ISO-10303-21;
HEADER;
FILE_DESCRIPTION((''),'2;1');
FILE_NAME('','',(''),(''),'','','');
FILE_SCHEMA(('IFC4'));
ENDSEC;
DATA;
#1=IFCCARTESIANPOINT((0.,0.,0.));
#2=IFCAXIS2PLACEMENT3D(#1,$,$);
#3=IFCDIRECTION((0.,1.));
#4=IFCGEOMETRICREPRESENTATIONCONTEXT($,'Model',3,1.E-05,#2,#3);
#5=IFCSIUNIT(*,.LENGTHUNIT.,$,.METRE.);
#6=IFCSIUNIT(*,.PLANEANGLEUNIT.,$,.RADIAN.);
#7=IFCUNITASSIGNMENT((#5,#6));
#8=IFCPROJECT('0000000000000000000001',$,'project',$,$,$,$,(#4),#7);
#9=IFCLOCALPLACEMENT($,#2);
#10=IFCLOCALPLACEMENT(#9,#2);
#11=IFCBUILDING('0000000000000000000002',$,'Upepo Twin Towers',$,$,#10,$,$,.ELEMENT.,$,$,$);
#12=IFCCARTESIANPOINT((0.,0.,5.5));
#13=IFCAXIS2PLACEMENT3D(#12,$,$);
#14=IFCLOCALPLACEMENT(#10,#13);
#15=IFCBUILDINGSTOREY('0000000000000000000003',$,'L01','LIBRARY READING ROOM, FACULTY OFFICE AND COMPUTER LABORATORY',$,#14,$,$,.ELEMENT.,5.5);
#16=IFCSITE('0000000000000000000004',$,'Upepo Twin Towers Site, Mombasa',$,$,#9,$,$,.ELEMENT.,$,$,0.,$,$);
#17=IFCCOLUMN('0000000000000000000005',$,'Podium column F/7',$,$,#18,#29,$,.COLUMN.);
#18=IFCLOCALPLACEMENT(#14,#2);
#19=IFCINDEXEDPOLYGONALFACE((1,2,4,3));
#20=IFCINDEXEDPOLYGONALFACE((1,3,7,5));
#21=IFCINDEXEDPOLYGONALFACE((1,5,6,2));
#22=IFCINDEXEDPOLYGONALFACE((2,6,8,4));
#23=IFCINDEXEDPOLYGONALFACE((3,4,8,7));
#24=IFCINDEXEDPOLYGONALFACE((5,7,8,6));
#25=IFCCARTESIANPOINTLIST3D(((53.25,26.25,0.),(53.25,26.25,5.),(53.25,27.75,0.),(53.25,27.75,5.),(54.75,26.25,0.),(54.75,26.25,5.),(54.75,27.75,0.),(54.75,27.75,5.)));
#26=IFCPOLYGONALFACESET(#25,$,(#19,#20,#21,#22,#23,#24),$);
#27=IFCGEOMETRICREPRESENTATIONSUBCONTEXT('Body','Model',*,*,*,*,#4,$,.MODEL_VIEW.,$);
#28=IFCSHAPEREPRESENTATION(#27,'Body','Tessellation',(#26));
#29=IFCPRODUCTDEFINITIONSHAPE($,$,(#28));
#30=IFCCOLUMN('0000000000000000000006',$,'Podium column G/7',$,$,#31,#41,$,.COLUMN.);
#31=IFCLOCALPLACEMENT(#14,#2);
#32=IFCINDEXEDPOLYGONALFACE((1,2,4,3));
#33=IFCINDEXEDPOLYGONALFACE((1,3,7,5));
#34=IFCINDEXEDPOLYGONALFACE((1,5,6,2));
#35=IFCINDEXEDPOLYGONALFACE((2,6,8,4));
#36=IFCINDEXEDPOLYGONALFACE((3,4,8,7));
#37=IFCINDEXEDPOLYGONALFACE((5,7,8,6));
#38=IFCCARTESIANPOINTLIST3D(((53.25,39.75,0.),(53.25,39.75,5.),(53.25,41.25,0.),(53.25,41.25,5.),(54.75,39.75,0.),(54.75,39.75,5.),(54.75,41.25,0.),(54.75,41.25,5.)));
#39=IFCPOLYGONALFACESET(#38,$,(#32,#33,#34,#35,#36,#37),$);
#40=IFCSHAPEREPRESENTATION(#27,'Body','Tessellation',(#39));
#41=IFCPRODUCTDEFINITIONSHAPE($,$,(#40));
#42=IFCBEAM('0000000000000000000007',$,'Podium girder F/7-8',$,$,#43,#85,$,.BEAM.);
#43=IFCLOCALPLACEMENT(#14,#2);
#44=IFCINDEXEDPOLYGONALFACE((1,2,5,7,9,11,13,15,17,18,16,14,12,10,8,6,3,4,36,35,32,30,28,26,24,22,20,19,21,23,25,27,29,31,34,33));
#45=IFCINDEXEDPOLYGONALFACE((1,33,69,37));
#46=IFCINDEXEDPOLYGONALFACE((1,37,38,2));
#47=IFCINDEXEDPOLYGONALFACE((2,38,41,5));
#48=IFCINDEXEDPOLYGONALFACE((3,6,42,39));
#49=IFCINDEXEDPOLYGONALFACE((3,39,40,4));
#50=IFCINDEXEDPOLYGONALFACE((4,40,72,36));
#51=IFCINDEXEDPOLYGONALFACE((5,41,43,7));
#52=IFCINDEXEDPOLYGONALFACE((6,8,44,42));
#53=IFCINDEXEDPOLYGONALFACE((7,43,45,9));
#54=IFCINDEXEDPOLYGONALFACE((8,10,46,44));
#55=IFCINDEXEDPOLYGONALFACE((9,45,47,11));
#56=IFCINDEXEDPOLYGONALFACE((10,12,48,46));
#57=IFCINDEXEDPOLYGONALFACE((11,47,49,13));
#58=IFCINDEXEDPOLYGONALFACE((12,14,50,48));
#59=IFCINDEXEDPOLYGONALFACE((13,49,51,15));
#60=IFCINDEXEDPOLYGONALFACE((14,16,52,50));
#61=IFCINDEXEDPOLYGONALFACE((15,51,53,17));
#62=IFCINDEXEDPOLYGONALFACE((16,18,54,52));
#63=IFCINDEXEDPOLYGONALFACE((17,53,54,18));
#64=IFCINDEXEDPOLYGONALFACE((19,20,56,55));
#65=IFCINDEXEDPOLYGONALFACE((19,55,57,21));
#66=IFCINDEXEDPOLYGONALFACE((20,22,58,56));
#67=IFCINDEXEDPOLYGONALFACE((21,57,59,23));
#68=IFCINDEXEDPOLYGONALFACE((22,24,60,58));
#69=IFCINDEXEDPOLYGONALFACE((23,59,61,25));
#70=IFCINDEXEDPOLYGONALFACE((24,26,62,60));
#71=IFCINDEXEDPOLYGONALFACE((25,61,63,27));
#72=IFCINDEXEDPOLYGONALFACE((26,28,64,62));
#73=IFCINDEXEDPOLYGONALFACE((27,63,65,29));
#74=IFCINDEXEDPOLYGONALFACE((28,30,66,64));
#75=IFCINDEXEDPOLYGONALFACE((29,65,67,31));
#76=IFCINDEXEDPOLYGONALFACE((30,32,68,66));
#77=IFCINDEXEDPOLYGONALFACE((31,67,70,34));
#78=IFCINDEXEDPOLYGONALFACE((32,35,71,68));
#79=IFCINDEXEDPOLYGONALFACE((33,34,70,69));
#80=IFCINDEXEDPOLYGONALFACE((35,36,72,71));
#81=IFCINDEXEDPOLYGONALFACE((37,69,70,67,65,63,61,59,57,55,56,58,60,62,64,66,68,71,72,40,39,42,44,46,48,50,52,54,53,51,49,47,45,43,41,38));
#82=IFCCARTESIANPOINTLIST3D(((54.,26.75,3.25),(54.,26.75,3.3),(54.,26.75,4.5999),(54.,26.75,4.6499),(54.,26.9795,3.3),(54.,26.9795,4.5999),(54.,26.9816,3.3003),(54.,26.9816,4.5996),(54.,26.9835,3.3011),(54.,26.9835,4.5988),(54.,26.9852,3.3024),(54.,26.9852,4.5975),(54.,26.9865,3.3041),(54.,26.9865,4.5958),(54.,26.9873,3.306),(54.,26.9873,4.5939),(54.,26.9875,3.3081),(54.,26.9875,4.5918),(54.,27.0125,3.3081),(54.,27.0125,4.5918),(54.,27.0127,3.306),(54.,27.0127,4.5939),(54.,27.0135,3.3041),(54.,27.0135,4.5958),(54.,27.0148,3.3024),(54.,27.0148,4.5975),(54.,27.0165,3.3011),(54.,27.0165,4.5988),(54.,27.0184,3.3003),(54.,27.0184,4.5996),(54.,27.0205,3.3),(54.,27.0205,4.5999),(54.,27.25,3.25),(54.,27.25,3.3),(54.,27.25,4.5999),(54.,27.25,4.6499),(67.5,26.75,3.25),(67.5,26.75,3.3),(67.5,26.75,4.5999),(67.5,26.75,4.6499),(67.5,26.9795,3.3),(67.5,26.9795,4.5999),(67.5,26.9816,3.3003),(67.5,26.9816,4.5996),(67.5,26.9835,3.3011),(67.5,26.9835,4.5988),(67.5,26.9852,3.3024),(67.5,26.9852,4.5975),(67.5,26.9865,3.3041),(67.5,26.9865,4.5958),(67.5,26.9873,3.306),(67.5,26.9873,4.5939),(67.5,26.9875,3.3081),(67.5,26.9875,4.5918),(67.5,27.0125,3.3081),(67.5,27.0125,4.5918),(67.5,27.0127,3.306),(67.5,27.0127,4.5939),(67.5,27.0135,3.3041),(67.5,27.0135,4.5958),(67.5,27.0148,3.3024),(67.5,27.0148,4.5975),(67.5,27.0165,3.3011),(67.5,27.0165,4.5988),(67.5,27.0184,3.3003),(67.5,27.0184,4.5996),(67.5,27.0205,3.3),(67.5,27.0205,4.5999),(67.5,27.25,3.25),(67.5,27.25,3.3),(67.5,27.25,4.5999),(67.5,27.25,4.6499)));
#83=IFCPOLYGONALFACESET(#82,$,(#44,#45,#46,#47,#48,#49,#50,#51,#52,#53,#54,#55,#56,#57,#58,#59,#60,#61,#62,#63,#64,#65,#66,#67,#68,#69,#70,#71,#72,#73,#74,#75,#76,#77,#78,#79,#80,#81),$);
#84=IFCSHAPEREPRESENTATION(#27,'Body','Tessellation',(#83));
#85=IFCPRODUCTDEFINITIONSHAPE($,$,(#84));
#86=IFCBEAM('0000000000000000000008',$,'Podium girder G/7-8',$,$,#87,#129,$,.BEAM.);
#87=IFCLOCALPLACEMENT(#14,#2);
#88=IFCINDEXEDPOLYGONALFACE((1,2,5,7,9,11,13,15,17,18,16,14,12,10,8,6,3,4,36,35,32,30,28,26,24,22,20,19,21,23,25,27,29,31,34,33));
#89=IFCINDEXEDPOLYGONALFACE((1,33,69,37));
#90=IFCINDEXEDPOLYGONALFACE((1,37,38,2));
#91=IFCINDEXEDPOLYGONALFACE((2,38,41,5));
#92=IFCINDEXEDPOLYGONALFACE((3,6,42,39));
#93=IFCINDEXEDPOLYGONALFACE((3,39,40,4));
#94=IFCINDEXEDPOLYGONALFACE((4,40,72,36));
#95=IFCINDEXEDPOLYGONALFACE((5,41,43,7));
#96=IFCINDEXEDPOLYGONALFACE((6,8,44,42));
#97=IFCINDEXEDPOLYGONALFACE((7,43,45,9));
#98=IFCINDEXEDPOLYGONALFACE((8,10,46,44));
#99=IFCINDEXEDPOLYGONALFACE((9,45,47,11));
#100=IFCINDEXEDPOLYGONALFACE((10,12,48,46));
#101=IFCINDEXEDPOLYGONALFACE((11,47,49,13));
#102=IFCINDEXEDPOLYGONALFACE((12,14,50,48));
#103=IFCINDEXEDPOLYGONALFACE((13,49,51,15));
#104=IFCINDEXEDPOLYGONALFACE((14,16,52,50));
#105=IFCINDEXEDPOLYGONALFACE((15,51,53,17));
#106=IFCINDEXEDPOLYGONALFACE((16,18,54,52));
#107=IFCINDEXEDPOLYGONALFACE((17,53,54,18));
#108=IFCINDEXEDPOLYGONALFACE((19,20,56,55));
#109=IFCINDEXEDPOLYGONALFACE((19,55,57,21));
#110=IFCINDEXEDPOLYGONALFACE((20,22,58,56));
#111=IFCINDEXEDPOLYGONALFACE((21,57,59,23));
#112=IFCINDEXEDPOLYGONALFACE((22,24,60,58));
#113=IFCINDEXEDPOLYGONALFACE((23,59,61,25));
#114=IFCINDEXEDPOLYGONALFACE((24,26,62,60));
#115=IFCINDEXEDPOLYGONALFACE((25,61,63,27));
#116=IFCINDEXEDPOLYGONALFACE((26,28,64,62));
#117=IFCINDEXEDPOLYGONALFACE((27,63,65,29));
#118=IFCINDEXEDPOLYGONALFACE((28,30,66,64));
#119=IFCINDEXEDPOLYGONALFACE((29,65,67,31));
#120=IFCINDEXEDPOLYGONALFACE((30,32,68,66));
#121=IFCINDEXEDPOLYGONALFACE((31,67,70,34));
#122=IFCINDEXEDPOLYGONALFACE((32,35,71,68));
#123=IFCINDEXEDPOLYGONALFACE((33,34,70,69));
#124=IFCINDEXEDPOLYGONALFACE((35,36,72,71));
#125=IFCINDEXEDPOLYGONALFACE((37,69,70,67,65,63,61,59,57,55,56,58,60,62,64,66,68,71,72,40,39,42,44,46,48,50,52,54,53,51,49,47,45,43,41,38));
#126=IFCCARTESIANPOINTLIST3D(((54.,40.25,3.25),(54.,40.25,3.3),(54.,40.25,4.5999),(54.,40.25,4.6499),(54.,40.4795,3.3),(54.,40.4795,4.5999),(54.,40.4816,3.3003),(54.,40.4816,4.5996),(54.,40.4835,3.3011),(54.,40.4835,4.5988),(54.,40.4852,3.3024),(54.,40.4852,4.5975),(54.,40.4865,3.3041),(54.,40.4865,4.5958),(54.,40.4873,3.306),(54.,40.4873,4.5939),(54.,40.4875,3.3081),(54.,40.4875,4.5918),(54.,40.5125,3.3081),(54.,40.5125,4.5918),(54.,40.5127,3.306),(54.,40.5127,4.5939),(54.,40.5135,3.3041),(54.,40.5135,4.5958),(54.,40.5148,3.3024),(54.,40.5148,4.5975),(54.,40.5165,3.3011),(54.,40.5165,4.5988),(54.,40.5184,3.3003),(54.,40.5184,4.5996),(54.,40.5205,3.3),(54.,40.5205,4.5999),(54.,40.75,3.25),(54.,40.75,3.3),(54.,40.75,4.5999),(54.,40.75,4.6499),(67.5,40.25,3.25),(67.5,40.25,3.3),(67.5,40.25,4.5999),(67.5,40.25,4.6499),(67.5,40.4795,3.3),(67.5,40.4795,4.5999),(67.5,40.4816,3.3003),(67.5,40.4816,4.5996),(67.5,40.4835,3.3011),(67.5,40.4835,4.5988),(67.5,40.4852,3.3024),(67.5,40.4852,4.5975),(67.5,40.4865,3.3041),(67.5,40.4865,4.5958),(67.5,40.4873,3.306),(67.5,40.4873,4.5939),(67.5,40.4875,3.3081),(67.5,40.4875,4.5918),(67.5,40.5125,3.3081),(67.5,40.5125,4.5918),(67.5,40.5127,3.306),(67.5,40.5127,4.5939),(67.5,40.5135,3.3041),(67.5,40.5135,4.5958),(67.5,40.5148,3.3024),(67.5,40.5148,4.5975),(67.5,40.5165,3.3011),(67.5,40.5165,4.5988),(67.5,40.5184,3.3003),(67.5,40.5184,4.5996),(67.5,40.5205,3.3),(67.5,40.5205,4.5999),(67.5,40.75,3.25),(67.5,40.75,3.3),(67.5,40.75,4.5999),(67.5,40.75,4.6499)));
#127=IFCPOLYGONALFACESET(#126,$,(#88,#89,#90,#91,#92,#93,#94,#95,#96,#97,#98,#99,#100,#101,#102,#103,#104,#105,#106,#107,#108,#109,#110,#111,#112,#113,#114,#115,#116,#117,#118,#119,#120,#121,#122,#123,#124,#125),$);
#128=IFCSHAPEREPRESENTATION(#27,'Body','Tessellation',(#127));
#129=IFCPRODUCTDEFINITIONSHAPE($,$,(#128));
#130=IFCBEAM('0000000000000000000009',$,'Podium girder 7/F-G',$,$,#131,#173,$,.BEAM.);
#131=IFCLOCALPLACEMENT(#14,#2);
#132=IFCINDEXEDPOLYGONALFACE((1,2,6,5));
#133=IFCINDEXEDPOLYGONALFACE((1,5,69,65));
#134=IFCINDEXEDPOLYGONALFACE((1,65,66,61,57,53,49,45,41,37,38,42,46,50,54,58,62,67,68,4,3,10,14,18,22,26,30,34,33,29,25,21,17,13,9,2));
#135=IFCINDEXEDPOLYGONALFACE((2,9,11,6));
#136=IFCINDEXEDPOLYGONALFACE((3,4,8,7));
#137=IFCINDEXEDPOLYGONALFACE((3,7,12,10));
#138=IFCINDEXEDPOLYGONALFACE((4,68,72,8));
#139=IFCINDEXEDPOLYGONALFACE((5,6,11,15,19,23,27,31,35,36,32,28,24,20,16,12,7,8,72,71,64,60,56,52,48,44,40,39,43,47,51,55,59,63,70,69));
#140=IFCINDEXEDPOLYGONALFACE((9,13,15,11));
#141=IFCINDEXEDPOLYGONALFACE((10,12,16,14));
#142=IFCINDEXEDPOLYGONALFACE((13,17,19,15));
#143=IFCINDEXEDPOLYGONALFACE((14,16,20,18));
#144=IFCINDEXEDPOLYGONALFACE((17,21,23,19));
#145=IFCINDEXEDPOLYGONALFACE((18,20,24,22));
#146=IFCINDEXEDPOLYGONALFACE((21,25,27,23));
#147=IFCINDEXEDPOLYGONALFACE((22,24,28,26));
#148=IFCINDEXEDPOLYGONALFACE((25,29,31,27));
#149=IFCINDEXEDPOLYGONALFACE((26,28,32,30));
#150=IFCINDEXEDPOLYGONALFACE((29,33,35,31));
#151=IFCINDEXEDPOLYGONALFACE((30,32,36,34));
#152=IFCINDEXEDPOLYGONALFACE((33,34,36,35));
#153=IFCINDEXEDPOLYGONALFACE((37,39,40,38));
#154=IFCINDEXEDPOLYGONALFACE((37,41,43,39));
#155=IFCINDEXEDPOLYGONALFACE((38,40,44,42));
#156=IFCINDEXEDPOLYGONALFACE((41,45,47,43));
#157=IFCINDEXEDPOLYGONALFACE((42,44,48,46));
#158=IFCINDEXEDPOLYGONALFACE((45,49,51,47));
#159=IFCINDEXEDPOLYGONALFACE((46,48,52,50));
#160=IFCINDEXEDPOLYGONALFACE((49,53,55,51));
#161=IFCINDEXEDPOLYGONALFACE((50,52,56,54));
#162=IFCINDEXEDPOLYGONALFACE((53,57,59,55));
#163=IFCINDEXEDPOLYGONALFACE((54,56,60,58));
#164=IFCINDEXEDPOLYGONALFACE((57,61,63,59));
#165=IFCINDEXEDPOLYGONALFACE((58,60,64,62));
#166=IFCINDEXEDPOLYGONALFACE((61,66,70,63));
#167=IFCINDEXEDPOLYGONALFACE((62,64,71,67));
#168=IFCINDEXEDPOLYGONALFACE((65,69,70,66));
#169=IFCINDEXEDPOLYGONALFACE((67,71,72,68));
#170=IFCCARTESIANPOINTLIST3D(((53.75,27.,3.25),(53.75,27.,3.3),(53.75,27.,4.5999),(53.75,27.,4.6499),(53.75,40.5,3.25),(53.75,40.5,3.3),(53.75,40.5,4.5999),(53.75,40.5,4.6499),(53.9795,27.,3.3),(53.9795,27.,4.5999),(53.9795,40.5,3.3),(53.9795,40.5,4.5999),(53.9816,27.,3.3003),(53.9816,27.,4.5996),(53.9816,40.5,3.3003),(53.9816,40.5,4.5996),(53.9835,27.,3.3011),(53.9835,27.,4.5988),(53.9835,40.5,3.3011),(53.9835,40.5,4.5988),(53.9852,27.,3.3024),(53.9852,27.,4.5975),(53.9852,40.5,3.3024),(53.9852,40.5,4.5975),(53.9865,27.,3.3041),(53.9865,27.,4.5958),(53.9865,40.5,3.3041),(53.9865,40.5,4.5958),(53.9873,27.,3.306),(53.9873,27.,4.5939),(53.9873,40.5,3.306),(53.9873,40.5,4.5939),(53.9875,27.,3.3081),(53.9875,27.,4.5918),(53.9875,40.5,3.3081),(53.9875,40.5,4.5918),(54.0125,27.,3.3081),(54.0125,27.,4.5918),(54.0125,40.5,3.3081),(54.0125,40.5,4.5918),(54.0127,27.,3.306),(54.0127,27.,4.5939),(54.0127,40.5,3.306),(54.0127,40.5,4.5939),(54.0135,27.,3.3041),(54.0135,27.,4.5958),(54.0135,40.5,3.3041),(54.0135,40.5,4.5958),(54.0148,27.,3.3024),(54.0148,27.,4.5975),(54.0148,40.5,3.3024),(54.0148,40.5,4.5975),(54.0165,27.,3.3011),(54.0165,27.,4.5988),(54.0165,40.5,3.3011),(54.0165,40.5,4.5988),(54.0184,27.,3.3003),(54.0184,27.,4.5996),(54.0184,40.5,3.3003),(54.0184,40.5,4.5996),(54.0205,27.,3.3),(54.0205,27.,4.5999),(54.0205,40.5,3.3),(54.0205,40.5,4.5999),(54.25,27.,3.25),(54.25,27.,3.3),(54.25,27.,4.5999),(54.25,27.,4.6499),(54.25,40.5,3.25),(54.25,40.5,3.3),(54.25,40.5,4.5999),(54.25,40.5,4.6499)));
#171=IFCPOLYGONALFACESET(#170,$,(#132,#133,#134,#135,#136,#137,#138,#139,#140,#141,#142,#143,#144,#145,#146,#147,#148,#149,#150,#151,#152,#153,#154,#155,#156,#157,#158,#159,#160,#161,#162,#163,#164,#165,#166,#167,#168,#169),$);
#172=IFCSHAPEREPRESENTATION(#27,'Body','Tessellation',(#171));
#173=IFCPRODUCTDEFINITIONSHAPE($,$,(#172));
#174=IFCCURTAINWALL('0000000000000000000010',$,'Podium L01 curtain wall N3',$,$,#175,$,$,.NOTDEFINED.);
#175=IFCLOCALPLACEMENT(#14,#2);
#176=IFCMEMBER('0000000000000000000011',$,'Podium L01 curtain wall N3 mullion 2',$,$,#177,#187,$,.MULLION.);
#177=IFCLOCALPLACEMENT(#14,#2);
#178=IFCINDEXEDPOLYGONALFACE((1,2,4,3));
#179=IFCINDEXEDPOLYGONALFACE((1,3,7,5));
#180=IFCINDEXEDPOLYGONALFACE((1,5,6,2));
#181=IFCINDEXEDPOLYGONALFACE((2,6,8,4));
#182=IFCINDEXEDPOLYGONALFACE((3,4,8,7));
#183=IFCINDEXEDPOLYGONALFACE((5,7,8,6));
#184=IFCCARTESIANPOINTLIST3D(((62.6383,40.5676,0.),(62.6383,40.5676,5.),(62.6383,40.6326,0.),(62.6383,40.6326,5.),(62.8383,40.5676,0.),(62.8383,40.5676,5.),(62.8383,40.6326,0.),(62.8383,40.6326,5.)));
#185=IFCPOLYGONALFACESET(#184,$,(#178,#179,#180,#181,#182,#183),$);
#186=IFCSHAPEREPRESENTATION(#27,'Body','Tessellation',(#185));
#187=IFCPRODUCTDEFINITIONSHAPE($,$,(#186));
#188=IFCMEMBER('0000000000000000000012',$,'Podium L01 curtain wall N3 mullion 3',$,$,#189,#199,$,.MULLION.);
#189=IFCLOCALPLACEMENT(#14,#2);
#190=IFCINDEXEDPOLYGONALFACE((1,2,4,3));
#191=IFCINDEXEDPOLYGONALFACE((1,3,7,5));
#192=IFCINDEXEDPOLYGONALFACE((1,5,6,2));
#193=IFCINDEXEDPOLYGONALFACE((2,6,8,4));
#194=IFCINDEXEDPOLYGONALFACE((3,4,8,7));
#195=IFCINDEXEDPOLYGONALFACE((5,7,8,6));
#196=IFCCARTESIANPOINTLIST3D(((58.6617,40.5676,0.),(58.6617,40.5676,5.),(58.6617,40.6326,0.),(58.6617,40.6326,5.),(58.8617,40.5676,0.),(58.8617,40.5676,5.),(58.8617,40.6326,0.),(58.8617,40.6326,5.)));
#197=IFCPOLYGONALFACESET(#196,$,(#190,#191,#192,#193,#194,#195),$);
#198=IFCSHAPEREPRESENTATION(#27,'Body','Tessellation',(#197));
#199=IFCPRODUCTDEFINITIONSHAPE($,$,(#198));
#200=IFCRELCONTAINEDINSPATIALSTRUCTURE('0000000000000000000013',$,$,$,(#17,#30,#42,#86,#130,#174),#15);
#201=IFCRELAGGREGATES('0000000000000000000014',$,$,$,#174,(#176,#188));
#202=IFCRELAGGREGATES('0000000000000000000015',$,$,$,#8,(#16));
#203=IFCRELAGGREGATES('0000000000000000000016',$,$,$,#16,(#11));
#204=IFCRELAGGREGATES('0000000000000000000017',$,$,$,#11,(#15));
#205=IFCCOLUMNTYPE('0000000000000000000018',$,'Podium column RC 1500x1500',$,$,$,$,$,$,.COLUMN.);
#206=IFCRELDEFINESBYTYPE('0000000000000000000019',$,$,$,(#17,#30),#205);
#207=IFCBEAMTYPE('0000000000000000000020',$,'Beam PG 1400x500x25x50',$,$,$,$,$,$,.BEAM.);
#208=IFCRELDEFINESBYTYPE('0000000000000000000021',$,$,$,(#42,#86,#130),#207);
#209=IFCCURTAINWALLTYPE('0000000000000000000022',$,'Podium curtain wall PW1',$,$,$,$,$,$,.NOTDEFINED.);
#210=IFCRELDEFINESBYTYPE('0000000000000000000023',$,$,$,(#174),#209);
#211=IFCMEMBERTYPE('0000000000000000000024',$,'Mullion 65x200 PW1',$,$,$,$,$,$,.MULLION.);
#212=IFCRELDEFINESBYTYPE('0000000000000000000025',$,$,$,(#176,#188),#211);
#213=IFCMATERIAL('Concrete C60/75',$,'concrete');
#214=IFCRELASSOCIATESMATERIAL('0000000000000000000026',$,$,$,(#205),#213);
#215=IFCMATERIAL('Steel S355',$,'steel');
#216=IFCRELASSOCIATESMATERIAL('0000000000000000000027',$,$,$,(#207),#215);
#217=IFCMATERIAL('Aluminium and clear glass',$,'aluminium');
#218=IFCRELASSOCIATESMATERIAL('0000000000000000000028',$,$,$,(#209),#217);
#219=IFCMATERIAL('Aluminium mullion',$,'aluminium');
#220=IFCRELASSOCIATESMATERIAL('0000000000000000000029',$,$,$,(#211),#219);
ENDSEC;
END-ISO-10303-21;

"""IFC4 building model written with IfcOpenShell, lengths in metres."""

from ifc_helpers import new_model, si_unit, direction, frame, origin, origin_2d, place, context, subcontext, project, spatial, rectangle, i_section, extrude, material, material_profile, profile_set, type_object, element, aggregate, save


model = new_model("IFC4")

# Units and contexts
model_context = context("Model", 3, precision=1e-05, world=origin(), true_north=direction((0.0, 1.0)))
body_context = subcontext(model_context, "Body", "Model", "MODEL_VIEW")
ifc_project = project(units=[si_unit("LENGTHUNIT", "METRE"), si_unit("PLANEANGLEUNIT", "RADIAN")], contexts=[model_context])

# Site, building, storey
site_placement = place(None, origin())
site = spatial("IfcSite", under=ifc_project, at=site_placement, Name="Upepo Twin Towers Site, Mombasa", CompositionType="ELEMENT", RefElevation=0.0)
building_placement = place(site_placement, origin())
building = spatial("IfcBuilding", under=site, at=building_placement, Name="Upepo Twin Towers", CompositionType="ELEMENT")
storey_placement = place(building_placement, frame((0.0, 0.0, 5.5)))
storey = spatial("IfcBuildingStorey", under=building, at=storey_placement, Name="L01", Description="LIBRARY READING ROOM, FACULTY OFFICE AND COMPUTER LABORATORY", CompositionType="ELEMENT", Elevation=5.5)

# Columns
ifc_material_1 = material(Name="Concrete C60/75", Category="concrete")
ifc_material_profile_1 = material_profile(ifc_material_1, rectangle(XDim=1.5, YDim=1.5, at=origin_2d()), Name="RC 1500x1500")
ifc_profile_set_1 = profile_set([ifc_material_profile_1], Name="Concrete C60/75")
column_type = type_object("IfcColumnType", Name="Podium column RC 1500x1500", PredefinedType="COLUMN", material=ifc_profile_set_1)
for number, where, z_axis, x_axis, name in (
    (1, (54.0, 27.0, 0.0), (0.0, 0.0, 1.0), (1.0, 0.0, 0.0), "Podium column F/7"),
    (2, (54.0, 40.5, 0.0), (0.0, 0.0, 1.0), (1.0, 0.0, 0.0), "Podium column G/7"),
):
    element("IfcColumn", number, at=place(storey_placement, frame(where, z_axis=z_axis, x_axis=x_axis)), inside=storey, type_object=column_type, Name=name, PredefinedType="COLUMN", context=body_context, shape_type="SweptSolid", body=[
        extrude(rectangle(XDim=1.5, YDim=1.5, at=origin_2d()), origin(), (0.0, 0.0, 1.0), 5.0),
    ])

# Beams
ifc_material_2 = material(Name="Steel S355", Category="steel")
ifc_material_profile_2 = material_profile(ifc_material_2, i_section(OverallWidth=0.5, OverallDepth=1.3999, WebThickness=0.0249, FlangeThickness=0.05, FilletRadius=0.0081, at=origin_2d()), Name="PG 1400x500x25x50")
ifc_profile_set_2 = profile_set([ifc_material_profile_2], Name="Steel S355")
beam_type_1 = type_object("IfcBeamType", Name="Beam PG 1400x500x25x50", PredefinedType="BEAM", material=ifc_profile_set_2)
for number, where, z_axis, x_axis, name in (
    (3, (54.0, 27.0, 3.95), (1.0, 0.0, 0.0), (0.0, 1.0, 0.0), "Podium girder F/7-8"),
    (4, (54.0, 40.5, 3.95), (1.0, 0.0, 0.0), (0.0, 1.0, 0.0), "Podium girder G/7-8"),
    (5, (54.0, 27.0, 3.95), (0.0, 1.0, 0.0), (-1.0, 0.0, 0.0), "Podium girder 7/F-G"),
):
    element("IfcBeam", number, at=place(storey_placement, frame(where, z_axis=z_axis, x_axis=x_axis)), inside=storey, type_object=beam_type_1, Name=name, PredefinedType="BEAM", context=body_context, shape_type="SweptSolid", body=[
        extrude(i_section(OverallWidth=0.5, OverallDepth=1.3999, WebThickness=0.0249, FlangeThickness=0.05, FilletRadius=0.0081, at=origin_2d()), origin(), (0.0, 0.0, 1.0), 13.5),
    ])

# Curtain wall, members
ifc_material_3 = material(Name="Aluminium and clear glass", Category="aluminium")
curtain_wall_type = type_object("IfcCurtainWallType", Name="Podium curtain wall PW1", PredefinedType="NOTDEFINED", material=ifc_material_3)
curtain_wall_1_placement = place(storey_placement, origin())
curtain_wall_1 = element("IfcCurtainWall", 6, at=curtain_wall_1_placement, inside=storey, type_object=curtain_wall_type, Name="Podium L01 curtain wall N3", PredefinedType="NOTDEFINED")
ifc_material_4 = material(Name="Aluminium mullion", Category="aluminium")
ifc_material_profile_3 = material_profile(ifc_material_4, rectangle(XDim=0.0649, YDim=0.2, at=origin_2d()), Name="MULLION 65x200 PODIUM")
ifc_profile_set_3 = profile_set([ifc_material_profile_3], Name="Aluminium mullion")
member_type_1 = type_object("IfcMemberType", Name="Mullion 65x200 PW1", PredefinedType="MULLION", material=ifc_profile_set_3)
member_1_placement = place(storey_placement, frame((62.7383, 40.6001, 0.0), z_axis=(0.0, 0.0, 1.0), x_axis=(0.0, -1.0, 0.0)))
member_1 = element("IfcMember", 7, at=member_1_placement, type_object=member_type_1, Name="Podium L01 curtain wall N3 mullion 2", PredefinedType="MULLION", context=body_context, shape_type="SweptSolid", body=[
    extrude(rectangle(XDim=0.0649, YDim=0.2, at=origin_2d()), origin(), (0.0, 0.0, 1.0), 5.0),
])
member_2_placement = place(storey_placement, frame((58.7617, 40.6001, 0.0), z_axis=(0.0, 0.0, 1.0), x_axis=(0.0, -1.0, 0.0)))
member_2 = element("IfcMember", 8, at=member_2_placement, type_object=member_type_1, Name="Podium L01 curtain wall N3 mullion 3", PredefinedType="MULLION", context=body_context, shape_type="SweptSolid", body=[
    extrude(rectangle(XDim=0.0649, YDim=0.2, at=origin_2d()), origin(), (0.0, 0.0, 1.0), 5.0),
])

aggregate(curtain_wall_1, [member_1, member_2])

save(model, "model.ifc")
